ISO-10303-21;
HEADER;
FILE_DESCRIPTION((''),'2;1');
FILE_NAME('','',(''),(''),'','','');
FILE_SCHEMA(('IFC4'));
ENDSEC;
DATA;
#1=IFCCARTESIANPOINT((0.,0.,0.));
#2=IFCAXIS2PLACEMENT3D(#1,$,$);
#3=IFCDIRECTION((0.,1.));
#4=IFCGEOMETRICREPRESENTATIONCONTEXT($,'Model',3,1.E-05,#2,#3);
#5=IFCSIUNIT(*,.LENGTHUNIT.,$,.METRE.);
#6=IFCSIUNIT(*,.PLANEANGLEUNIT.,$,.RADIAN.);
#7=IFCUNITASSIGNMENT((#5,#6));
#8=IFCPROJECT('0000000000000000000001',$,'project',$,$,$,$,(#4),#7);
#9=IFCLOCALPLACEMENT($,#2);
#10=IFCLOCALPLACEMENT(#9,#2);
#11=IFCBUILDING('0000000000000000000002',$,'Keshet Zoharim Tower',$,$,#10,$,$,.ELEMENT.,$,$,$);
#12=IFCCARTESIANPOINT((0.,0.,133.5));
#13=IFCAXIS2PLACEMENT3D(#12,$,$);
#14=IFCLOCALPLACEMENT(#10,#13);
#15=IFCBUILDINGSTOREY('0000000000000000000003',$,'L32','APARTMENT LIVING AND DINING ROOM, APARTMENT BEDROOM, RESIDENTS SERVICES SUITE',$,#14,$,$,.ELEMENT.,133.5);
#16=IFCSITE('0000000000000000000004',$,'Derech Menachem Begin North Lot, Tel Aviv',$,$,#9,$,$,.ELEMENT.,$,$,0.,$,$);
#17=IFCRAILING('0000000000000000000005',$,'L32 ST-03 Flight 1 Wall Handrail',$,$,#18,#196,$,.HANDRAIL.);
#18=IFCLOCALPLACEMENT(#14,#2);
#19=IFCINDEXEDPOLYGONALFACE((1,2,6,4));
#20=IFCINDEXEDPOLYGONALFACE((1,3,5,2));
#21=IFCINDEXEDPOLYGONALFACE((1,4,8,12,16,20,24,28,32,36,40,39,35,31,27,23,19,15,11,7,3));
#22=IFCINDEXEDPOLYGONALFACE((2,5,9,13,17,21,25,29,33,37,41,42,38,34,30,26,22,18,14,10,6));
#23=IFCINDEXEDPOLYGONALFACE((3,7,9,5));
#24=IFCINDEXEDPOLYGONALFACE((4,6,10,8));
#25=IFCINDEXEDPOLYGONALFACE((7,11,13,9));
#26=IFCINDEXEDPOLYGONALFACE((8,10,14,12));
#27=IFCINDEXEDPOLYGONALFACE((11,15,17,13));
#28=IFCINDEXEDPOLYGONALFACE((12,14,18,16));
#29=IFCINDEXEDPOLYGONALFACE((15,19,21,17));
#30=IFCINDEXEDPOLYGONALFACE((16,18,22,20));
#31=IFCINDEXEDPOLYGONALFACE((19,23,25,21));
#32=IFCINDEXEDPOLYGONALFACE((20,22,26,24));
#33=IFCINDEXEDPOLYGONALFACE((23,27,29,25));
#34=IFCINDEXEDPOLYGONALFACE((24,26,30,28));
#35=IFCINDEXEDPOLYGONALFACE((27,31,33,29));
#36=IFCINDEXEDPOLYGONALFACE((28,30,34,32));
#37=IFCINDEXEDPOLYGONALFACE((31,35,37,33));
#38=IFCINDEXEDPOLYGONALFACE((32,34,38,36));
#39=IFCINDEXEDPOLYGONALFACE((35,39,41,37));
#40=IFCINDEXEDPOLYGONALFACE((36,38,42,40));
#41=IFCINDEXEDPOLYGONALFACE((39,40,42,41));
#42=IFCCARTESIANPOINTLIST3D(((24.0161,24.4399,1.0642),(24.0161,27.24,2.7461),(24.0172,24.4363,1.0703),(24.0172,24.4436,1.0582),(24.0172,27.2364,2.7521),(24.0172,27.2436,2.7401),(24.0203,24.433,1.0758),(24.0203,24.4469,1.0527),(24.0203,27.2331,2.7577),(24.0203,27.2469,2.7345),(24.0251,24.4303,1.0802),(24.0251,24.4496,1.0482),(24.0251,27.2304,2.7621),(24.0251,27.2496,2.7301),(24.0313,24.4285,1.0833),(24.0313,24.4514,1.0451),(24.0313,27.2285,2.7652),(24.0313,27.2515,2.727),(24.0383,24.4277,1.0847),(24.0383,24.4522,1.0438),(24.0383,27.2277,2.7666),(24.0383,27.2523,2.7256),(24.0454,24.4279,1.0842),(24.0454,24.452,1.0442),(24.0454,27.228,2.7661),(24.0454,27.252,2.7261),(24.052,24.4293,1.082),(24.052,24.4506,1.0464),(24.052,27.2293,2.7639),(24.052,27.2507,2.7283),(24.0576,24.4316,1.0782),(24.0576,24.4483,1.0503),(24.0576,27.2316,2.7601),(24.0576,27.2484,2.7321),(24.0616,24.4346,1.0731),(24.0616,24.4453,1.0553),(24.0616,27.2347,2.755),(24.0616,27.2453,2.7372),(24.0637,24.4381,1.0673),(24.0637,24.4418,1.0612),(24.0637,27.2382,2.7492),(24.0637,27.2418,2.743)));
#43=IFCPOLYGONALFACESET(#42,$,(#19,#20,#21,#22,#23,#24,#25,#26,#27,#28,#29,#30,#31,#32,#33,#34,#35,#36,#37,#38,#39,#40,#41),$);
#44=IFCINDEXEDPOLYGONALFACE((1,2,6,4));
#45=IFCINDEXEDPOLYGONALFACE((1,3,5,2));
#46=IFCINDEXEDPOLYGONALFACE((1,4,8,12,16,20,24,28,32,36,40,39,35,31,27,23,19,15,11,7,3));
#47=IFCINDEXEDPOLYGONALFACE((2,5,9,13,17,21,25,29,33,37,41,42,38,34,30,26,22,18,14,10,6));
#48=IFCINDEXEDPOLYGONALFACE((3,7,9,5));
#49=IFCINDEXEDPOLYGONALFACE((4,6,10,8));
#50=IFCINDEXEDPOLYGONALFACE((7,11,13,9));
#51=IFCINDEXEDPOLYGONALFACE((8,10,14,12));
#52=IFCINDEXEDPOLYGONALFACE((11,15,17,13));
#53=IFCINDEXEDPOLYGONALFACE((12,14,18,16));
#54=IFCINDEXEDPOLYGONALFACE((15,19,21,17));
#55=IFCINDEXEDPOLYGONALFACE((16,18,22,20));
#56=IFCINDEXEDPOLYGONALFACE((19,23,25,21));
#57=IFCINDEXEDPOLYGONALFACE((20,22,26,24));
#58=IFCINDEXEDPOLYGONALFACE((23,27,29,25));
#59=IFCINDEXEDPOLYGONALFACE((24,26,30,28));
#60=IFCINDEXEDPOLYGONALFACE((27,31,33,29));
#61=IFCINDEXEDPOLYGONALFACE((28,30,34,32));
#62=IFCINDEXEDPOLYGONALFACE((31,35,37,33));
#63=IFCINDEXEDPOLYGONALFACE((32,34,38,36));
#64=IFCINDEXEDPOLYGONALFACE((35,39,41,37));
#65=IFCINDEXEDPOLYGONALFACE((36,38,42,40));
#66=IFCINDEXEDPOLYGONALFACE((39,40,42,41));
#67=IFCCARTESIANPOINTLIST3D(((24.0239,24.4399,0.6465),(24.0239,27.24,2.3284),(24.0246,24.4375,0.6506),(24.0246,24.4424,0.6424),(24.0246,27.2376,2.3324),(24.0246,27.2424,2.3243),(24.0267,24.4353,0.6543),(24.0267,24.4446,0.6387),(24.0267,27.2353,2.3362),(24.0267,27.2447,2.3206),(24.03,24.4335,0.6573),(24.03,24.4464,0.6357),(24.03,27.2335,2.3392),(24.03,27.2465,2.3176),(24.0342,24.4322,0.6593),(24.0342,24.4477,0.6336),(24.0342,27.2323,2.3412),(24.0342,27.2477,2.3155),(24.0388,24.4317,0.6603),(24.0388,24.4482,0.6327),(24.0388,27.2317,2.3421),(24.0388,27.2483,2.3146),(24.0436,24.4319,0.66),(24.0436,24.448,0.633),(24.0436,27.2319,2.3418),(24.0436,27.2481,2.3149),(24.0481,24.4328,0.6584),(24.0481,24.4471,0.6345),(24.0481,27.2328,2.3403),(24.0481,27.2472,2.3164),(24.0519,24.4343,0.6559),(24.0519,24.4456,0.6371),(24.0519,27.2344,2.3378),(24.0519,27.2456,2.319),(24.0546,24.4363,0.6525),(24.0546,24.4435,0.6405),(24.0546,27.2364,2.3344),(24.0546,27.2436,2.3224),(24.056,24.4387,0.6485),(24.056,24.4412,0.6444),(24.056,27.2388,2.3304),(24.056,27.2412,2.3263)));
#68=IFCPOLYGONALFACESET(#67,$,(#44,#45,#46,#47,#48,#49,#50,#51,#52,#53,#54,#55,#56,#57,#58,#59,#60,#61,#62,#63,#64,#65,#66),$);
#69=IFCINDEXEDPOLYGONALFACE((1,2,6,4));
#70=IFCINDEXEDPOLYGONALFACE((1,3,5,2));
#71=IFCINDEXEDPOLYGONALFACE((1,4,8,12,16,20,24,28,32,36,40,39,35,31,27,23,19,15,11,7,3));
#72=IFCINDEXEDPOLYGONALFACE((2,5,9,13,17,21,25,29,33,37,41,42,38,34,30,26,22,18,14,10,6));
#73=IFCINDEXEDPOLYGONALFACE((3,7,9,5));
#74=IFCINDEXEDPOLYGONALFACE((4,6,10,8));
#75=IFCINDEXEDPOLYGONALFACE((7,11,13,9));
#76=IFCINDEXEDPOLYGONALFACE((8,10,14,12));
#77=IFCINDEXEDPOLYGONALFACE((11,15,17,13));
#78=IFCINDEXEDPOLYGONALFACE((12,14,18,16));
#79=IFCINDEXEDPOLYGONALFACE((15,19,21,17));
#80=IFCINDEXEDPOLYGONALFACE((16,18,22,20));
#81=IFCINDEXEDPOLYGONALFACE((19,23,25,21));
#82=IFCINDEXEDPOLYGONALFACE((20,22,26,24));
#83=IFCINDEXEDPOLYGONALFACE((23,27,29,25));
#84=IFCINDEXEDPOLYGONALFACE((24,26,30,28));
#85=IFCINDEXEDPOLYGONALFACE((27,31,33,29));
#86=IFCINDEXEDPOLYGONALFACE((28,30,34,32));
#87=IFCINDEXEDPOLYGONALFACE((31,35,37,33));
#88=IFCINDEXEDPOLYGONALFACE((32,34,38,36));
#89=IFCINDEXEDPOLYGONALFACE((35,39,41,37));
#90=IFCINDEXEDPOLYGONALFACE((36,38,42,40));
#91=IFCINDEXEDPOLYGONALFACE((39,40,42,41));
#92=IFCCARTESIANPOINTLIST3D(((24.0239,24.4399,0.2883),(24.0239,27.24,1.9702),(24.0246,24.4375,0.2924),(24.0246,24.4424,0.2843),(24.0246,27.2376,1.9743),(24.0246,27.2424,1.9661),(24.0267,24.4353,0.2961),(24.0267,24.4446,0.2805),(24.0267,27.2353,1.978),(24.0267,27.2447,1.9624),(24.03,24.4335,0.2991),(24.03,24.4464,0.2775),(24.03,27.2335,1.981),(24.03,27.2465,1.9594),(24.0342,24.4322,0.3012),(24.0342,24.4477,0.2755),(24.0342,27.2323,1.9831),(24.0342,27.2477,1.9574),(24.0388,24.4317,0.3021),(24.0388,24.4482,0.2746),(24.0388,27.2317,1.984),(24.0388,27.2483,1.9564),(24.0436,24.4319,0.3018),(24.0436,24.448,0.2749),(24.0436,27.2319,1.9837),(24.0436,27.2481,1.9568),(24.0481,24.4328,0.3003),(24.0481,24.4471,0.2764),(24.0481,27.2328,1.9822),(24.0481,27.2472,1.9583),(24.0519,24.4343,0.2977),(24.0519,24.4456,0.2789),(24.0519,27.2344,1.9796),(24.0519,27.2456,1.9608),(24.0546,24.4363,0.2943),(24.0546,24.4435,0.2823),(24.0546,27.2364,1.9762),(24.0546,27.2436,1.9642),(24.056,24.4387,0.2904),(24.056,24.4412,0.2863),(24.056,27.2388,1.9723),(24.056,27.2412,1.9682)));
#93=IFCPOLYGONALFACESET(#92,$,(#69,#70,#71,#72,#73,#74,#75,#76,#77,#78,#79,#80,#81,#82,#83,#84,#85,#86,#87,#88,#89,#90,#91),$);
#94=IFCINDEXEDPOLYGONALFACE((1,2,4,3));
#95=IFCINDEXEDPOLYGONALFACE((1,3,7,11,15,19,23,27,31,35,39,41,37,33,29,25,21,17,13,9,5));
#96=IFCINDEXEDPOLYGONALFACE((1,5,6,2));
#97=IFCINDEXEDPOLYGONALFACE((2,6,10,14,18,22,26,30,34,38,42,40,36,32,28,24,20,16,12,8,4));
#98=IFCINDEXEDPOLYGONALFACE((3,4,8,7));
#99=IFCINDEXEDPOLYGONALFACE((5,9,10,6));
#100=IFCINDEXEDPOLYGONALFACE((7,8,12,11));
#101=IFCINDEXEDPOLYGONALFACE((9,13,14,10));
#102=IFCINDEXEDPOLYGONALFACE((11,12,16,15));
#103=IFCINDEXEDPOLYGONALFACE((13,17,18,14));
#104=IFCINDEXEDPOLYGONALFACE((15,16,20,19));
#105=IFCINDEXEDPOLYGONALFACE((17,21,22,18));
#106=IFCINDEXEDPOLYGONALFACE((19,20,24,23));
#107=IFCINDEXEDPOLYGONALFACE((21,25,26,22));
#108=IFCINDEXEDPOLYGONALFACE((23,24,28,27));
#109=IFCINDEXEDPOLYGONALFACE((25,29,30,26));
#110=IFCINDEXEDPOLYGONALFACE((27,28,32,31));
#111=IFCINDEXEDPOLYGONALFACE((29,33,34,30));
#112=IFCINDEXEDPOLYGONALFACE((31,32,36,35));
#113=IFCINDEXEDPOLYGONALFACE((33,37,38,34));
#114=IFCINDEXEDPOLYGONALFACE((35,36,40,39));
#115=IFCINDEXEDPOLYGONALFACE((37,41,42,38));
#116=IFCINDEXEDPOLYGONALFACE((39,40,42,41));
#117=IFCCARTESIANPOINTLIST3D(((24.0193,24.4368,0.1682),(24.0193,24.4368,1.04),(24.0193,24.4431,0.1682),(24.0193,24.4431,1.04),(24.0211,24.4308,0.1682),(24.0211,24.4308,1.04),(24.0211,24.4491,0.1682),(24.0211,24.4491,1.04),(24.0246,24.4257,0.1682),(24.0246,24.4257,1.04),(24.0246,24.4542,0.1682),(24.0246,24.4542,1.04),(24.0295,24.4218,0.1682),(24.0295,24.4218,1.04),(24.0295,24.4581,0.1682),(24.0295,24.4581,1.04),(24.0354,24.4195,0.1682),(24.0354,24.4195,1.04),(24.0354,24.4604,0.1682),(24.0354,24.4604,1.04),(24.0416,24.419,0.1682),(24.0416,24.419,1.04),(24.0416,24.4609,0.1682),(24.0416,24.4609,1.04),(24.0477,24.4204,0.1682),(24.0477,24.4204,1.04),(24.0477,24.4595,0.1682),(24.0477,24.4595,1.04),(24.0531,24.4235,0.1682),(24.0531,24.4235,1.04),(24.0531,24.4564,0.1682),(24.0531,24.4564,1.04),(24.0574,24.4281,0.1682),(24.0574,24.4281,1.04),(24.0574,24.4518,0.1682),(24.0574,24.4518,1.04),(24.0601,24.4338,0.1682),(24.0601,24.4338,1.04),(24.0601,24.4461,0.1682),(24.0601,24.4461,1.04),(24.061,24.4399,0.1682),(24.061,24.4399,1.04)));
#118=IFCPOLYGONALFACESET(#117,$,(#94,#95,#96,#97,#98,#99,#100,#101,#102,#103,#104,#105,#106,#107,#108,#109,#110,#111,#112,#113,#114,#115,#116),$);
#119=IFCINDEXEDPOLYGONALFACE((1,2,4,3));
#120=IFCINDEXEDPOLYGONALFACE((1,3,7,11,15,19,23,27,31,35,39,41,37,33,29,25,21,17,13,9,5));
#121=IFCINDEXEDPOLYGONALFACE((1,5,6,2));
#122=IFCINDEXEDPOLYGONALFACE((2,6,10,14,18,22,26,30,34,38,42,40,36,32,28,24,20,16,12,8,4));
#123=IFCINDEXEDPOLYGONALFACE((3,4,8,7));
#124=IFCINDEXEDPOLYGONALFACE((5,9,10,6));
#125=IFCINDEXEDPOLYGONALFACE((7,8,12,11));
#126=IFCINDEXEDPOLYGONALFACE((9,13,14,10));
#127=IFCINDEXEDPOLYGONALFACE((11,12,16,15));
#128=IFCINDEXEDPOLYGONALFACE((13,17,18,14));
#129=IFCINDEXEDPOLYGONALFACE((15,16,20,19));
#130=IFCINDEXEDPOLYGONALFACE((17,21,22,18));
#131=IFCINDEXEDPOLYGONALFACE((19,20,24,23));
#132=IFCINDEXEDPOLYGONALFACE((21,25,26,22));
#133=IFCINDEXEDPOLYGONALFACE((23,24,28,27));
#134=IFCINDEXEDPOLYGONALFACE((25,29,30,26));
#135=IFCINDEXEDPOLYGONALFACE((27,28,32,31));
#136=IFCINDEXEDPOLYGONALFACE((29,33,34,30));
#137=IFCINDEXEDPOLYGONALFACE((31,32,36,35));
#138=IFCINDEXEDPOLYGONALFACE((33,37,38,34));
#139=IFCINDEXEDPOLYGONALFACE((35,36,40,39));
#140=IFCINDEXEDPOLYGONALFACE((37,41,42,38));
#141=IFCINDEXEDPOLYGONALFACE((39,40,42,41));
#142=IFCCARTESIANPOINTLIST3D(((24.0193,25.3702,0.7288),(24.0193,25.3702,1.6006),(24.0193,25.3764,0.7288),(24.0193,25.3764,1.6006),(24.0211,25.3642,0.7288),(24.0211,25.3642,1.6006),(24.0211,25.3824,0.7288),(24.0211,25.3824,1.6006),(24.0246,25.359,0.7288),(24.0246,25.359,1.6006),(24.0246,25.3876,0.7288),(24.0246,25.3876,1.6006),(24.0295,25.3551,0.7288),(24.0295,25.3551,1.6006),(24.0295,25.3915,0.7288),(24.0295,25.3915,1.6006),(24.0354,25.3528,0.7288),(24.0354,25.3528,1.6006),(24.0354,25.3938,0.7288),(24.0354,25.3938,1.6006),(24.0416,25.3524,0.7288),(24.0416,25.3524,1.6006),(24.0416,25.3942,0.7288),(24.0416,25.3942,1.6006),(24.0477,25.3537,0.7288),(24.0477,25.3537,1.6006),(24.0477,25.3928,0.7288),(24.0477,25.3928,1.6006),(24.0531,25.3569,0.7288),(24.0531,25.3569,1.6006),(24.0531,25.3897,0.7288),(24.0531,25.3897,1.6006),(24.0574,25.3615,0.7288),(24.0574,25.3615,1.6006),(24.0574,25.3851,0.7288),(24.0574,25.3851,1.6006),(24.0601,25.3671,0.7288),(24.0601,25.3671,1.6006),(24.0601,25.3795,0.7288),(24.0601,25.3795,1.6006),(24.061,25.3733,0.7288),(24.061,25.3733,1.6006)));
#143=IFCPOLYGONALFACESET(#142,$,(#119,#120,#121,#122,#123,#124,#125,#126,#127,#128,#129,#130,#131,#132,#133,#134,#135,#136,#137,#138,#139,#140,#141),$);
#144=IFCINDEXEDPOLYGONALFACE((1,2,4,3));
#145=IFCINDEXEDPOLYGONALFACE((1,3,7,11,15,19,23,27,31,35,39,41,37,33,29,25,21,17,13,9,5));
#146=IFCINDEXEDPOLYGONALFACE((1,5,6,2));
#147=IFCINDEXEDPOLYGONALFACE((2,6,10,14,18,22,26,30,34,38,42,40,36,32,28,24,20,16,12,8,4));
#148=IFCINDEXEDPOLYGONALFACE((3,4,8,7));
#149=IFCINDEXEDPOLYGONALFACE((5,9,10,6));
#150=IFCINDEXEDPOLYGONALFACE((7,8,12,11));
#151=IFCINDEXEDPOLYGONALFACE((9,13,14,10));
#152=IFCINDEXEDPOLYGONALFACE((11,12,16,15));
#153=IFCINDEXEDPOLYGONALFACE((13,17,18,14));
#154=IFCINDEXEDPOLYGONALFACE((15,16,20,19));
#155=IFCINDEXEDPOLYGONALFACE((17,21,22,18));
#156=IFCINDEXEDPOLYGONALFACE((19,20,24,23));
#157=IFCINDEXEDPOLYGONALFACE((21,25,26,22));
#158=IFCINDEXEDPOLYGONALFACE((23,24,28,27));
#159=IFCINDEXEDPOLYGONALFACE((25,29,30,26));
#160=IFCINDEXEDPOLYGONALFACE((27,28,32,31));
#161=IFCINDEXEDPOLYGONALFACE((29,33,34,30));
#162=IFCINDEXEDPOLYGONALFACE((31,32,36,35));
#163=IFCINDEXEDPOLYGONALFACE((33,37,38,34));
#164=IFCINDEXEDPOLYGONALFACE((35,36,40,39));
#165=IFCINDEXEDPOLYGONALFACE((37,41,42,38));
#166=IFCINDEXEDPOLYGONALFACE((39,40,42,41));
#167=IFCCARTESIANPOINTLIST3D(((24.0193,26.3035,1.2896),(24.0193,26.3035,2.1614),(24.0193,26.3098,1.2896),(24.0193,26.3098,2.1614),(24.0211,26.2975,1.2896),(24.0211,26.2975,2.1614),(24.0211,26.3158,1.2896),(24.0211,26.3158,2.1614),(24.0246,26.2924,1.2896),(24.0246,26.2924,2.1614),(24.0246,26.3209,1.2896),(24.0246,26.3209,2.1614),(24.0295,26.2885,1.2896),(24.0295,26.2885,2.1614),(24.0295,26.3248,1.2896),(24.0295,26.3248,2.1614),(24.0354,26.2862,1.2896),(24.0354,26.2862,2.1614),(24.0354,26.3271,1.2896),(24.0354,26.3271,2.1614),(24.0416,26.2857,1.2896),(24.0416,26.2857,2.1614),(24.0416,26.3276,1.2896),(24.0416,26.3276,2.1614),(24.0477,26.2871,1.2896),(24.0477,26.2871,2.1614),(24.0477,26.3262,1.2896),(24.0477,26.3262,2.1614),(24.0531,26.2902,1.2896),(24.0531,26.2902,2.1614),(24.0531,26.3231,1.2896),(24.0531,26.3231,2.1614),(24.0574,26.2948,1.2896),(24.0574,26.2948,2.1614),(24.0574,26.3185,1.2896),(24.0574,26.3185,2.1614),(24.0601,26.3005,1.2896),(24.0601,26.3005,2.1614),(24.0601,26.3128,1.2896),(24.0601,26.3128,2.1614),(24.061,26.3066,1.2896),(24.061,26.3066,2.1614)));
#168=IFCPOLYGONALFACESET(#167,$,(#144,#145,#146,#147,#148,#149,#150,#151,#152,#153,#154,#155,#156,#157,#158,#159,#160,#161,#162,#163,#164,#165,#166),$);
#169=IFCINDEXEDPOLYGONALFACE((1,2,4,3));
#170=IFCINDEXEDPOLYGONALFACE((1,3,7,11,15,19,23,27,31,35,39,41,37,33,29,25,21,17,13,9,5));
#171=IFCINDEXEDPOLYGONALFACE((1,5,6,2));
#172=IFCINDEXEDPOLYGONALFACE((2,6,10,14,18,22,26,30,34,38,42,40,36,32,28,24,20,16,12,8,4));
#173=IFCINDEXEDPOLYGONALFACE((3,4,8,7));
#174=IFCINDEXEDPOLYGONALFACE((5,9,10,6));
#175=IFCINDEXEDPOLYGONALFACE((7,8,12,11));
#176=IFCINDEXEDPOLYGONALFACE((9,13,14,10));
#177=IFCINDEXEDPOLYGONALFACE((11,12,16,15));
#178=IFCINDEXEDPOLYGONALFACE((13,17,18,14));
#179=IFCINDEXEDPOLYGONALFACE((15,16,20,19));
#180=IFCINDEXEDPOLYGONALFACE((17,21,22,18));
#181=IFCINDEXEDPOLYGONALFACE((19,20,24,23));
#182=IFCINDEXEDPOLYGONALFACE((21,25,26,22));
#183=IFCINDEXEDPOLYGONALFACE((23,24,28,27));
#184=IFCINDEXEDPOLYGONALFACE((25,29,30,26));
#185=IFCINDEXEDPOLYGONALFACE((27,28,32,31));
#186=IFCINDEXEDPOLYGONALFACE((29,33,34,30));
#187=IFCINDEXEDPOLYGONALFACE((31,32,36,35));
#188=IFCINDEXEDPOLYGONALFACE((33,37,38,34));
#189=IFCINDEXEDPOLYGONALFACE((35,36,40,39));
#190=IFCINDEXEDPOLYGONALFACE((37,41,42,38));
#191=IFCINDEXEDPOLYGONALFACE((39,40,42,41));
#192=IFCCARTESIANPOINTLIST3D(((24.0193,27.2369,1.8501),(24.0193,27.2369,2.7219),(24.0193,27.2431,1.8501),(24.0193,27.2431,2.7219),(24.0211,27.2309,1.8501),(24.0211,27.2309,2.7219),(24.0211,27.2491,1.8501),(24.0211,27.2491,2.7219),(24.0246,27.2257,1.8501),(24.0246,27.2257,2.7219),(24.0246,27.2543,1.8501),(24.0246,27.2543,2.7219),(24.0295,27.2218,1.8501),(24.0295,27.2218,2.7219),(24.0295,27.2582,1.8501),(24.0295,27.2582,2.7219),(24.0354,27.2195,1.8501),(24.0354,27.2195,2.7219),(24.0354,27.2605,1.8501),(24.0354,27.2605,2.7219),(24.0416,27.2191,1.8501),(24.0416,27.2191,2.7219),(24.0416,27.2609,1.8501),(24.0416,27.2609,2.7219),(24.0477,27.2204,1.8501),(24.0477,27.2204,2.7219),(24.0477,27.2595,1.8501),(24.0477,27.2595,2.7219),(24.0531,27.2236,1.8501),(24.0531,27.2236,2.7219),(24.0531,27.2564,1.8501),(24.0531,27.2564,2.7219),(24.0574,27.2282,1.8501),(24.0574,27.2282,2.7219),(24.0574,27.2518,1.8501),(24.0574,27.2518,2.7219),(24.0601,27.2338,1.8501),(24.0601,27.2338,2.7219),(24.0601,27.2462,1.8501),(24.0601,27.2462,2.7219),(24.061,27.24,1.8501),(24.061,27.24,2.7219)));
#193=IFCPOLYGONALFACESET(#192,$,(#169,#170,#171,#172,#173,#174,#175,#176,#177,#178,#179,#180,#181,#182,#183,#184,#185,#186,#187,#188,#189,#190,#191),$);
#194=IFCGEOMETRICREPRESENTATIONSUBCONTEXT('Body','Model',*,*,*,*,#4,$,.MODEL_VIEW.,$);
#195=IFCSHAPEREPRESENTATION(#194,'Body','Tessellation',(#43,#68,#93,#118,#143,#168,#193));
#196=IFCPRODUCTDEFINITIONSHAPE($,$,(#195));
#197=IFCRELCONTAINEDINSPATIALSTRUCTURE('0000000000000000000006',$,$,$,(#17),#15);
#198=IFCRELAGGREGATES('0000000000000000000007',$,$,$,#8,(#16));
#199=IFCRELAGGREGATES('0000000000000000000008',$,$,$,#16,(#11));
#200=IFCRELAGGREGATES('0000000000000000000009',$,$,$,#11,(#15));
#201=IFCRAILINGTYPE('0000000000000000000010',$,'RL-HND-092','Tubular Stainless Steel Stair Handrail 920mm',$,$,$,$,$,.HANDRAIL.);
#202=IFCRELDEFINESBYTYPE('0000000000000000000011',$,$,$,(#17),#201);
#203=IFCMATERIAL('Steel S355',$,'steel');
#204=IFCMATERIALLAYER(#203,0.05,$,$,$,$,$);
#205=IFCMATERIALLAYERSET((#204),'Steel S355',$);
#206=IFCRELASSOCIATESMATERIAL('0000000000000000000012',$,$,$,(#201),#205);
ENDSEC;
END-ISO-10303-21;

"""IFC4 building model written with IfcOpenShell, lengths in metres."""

from ifc_helpers import new_model, si_unit, direction, frame, origin, origin_2d, place, context, subcontext, project, spatial, circle, extrude, material, layer, layer_set, type_object, element, save


model = new_model("IFC4")

# Units and contexts
model_context = context("Model", 3, precision=1e-05, world=origin(), true_north=direction((0.0, 1.0)))
body_context = subcontext(model_context, "Body", "Model", "MODEL_VIEW")
ifc_project = project(units=[si_unit("LENGTHUNIT", "METRE"), si_unit("PLANEANGLEUNIT", "RADIAN")], contexts=[model_context])

# Site, building, storey
site_placement = place(None, origin())
site = spatial("IfcSite", under=ifc_project, at=site_placement, Name="Derech Menachem Begin North Lot, Tel Aviv", CompositionType="ELEMENT", RefElevation=0.0)
building_placement = place(site_placement, origin())
building = spatial("IfcBuilding", under=site, at=building_placement, Name="Keshet Zoharim Tower", CompositionType="ELEMENT")
storey_placement = place(building_placement, frame((0.0, 0.0, 133.5)))
storey = spatial("IfcBuildingStorey", under=building, at=storey_placement, Name="L32", Description="APARTMENT LIVING AND DINING ROOM, APARTMENT BEDROOM, RESIDENTS SERVICES SUITE", CompositionType="ELEMENT", Elevation=133.5)

# Shared definitions
ifc_material_1 = material(Name="Steel S355", Category="steel")

# Railing
ifc_layer_1 = layer(ifc_material_1, 0.05)
ifc_layer_set_1 = layer_set([ifc_layer_1], Name="Steel S355")
railing_type_1 = type_object("IfcRailingType", Name="RL-HND-092", Description="Tubular Stainless Steel Stair Handrail 920mm", PredefinedType="HANDRAIL", material=ifc_layer_set_1)
railing_1_placement = place(storey_placement, frame((24.04, 24.4399, 0.1682)))
element("IfcRailing", 1, at=railing_1_placement, inside=storey, type_object=railing_type_1, Name="L32 ST-03 Flight 1 Wall Handrail", PredefinedType="HANDRAIL", context=body_context, shape_type="SweptSolid", body=[
    extrude(circle(Radius=0.0239, at=origin_2d()), frame((0.0, 0.0, 0.896), z_axis=(0.0, 0.857242, 0.514913), x_axis=(-1.0, 0.0, 0.0)), (0.0, 0.0, 1.0), 3.2664),
    extrude(circle(Radius=0.0161, at=origin_2d()), frame((0.0, 0.0, 0.4783), z_axis=(0.0, 0.857242, 0.514913), x_axis=(-1.0, 0.0, 0.0)), (0.0, 0.0, 1.0), 3.2664),
    extrude(circle(Radius=0.0161, at=origin_2d()), frame((0.0, 0.0, 0.1201), z_axis=(0.0, 0.857242, 0.514913), x_axis=(-1.0, 0.0, 0.0)), (0.0, 0.0, 1.0), 3.2664),
    extrude(circle(Radius=0.021, at=origin_2d()), origin(), (0.0, 0.0, 1.0), 0.8718),
    extrude(circle(Radius=0.021, at=origin_2d()), frame((0.0, 0.9333, 0.5605)), (0.0, 0.0, 1.0), 0.8718),
    extrude(circle(Radius=0.021, at=origin_2d()), frame((0.0, 1.8667, 1.1213)), (0.0, 0.0, 1.0), 0.8718),
    extrude(circle(Radius=0.021, at=origin_2d()), frame((0.0, 2.8, 1.6819)), (0.0, 0.0, 1.0), 0.8718),
])

save(model, "model.ifc")
